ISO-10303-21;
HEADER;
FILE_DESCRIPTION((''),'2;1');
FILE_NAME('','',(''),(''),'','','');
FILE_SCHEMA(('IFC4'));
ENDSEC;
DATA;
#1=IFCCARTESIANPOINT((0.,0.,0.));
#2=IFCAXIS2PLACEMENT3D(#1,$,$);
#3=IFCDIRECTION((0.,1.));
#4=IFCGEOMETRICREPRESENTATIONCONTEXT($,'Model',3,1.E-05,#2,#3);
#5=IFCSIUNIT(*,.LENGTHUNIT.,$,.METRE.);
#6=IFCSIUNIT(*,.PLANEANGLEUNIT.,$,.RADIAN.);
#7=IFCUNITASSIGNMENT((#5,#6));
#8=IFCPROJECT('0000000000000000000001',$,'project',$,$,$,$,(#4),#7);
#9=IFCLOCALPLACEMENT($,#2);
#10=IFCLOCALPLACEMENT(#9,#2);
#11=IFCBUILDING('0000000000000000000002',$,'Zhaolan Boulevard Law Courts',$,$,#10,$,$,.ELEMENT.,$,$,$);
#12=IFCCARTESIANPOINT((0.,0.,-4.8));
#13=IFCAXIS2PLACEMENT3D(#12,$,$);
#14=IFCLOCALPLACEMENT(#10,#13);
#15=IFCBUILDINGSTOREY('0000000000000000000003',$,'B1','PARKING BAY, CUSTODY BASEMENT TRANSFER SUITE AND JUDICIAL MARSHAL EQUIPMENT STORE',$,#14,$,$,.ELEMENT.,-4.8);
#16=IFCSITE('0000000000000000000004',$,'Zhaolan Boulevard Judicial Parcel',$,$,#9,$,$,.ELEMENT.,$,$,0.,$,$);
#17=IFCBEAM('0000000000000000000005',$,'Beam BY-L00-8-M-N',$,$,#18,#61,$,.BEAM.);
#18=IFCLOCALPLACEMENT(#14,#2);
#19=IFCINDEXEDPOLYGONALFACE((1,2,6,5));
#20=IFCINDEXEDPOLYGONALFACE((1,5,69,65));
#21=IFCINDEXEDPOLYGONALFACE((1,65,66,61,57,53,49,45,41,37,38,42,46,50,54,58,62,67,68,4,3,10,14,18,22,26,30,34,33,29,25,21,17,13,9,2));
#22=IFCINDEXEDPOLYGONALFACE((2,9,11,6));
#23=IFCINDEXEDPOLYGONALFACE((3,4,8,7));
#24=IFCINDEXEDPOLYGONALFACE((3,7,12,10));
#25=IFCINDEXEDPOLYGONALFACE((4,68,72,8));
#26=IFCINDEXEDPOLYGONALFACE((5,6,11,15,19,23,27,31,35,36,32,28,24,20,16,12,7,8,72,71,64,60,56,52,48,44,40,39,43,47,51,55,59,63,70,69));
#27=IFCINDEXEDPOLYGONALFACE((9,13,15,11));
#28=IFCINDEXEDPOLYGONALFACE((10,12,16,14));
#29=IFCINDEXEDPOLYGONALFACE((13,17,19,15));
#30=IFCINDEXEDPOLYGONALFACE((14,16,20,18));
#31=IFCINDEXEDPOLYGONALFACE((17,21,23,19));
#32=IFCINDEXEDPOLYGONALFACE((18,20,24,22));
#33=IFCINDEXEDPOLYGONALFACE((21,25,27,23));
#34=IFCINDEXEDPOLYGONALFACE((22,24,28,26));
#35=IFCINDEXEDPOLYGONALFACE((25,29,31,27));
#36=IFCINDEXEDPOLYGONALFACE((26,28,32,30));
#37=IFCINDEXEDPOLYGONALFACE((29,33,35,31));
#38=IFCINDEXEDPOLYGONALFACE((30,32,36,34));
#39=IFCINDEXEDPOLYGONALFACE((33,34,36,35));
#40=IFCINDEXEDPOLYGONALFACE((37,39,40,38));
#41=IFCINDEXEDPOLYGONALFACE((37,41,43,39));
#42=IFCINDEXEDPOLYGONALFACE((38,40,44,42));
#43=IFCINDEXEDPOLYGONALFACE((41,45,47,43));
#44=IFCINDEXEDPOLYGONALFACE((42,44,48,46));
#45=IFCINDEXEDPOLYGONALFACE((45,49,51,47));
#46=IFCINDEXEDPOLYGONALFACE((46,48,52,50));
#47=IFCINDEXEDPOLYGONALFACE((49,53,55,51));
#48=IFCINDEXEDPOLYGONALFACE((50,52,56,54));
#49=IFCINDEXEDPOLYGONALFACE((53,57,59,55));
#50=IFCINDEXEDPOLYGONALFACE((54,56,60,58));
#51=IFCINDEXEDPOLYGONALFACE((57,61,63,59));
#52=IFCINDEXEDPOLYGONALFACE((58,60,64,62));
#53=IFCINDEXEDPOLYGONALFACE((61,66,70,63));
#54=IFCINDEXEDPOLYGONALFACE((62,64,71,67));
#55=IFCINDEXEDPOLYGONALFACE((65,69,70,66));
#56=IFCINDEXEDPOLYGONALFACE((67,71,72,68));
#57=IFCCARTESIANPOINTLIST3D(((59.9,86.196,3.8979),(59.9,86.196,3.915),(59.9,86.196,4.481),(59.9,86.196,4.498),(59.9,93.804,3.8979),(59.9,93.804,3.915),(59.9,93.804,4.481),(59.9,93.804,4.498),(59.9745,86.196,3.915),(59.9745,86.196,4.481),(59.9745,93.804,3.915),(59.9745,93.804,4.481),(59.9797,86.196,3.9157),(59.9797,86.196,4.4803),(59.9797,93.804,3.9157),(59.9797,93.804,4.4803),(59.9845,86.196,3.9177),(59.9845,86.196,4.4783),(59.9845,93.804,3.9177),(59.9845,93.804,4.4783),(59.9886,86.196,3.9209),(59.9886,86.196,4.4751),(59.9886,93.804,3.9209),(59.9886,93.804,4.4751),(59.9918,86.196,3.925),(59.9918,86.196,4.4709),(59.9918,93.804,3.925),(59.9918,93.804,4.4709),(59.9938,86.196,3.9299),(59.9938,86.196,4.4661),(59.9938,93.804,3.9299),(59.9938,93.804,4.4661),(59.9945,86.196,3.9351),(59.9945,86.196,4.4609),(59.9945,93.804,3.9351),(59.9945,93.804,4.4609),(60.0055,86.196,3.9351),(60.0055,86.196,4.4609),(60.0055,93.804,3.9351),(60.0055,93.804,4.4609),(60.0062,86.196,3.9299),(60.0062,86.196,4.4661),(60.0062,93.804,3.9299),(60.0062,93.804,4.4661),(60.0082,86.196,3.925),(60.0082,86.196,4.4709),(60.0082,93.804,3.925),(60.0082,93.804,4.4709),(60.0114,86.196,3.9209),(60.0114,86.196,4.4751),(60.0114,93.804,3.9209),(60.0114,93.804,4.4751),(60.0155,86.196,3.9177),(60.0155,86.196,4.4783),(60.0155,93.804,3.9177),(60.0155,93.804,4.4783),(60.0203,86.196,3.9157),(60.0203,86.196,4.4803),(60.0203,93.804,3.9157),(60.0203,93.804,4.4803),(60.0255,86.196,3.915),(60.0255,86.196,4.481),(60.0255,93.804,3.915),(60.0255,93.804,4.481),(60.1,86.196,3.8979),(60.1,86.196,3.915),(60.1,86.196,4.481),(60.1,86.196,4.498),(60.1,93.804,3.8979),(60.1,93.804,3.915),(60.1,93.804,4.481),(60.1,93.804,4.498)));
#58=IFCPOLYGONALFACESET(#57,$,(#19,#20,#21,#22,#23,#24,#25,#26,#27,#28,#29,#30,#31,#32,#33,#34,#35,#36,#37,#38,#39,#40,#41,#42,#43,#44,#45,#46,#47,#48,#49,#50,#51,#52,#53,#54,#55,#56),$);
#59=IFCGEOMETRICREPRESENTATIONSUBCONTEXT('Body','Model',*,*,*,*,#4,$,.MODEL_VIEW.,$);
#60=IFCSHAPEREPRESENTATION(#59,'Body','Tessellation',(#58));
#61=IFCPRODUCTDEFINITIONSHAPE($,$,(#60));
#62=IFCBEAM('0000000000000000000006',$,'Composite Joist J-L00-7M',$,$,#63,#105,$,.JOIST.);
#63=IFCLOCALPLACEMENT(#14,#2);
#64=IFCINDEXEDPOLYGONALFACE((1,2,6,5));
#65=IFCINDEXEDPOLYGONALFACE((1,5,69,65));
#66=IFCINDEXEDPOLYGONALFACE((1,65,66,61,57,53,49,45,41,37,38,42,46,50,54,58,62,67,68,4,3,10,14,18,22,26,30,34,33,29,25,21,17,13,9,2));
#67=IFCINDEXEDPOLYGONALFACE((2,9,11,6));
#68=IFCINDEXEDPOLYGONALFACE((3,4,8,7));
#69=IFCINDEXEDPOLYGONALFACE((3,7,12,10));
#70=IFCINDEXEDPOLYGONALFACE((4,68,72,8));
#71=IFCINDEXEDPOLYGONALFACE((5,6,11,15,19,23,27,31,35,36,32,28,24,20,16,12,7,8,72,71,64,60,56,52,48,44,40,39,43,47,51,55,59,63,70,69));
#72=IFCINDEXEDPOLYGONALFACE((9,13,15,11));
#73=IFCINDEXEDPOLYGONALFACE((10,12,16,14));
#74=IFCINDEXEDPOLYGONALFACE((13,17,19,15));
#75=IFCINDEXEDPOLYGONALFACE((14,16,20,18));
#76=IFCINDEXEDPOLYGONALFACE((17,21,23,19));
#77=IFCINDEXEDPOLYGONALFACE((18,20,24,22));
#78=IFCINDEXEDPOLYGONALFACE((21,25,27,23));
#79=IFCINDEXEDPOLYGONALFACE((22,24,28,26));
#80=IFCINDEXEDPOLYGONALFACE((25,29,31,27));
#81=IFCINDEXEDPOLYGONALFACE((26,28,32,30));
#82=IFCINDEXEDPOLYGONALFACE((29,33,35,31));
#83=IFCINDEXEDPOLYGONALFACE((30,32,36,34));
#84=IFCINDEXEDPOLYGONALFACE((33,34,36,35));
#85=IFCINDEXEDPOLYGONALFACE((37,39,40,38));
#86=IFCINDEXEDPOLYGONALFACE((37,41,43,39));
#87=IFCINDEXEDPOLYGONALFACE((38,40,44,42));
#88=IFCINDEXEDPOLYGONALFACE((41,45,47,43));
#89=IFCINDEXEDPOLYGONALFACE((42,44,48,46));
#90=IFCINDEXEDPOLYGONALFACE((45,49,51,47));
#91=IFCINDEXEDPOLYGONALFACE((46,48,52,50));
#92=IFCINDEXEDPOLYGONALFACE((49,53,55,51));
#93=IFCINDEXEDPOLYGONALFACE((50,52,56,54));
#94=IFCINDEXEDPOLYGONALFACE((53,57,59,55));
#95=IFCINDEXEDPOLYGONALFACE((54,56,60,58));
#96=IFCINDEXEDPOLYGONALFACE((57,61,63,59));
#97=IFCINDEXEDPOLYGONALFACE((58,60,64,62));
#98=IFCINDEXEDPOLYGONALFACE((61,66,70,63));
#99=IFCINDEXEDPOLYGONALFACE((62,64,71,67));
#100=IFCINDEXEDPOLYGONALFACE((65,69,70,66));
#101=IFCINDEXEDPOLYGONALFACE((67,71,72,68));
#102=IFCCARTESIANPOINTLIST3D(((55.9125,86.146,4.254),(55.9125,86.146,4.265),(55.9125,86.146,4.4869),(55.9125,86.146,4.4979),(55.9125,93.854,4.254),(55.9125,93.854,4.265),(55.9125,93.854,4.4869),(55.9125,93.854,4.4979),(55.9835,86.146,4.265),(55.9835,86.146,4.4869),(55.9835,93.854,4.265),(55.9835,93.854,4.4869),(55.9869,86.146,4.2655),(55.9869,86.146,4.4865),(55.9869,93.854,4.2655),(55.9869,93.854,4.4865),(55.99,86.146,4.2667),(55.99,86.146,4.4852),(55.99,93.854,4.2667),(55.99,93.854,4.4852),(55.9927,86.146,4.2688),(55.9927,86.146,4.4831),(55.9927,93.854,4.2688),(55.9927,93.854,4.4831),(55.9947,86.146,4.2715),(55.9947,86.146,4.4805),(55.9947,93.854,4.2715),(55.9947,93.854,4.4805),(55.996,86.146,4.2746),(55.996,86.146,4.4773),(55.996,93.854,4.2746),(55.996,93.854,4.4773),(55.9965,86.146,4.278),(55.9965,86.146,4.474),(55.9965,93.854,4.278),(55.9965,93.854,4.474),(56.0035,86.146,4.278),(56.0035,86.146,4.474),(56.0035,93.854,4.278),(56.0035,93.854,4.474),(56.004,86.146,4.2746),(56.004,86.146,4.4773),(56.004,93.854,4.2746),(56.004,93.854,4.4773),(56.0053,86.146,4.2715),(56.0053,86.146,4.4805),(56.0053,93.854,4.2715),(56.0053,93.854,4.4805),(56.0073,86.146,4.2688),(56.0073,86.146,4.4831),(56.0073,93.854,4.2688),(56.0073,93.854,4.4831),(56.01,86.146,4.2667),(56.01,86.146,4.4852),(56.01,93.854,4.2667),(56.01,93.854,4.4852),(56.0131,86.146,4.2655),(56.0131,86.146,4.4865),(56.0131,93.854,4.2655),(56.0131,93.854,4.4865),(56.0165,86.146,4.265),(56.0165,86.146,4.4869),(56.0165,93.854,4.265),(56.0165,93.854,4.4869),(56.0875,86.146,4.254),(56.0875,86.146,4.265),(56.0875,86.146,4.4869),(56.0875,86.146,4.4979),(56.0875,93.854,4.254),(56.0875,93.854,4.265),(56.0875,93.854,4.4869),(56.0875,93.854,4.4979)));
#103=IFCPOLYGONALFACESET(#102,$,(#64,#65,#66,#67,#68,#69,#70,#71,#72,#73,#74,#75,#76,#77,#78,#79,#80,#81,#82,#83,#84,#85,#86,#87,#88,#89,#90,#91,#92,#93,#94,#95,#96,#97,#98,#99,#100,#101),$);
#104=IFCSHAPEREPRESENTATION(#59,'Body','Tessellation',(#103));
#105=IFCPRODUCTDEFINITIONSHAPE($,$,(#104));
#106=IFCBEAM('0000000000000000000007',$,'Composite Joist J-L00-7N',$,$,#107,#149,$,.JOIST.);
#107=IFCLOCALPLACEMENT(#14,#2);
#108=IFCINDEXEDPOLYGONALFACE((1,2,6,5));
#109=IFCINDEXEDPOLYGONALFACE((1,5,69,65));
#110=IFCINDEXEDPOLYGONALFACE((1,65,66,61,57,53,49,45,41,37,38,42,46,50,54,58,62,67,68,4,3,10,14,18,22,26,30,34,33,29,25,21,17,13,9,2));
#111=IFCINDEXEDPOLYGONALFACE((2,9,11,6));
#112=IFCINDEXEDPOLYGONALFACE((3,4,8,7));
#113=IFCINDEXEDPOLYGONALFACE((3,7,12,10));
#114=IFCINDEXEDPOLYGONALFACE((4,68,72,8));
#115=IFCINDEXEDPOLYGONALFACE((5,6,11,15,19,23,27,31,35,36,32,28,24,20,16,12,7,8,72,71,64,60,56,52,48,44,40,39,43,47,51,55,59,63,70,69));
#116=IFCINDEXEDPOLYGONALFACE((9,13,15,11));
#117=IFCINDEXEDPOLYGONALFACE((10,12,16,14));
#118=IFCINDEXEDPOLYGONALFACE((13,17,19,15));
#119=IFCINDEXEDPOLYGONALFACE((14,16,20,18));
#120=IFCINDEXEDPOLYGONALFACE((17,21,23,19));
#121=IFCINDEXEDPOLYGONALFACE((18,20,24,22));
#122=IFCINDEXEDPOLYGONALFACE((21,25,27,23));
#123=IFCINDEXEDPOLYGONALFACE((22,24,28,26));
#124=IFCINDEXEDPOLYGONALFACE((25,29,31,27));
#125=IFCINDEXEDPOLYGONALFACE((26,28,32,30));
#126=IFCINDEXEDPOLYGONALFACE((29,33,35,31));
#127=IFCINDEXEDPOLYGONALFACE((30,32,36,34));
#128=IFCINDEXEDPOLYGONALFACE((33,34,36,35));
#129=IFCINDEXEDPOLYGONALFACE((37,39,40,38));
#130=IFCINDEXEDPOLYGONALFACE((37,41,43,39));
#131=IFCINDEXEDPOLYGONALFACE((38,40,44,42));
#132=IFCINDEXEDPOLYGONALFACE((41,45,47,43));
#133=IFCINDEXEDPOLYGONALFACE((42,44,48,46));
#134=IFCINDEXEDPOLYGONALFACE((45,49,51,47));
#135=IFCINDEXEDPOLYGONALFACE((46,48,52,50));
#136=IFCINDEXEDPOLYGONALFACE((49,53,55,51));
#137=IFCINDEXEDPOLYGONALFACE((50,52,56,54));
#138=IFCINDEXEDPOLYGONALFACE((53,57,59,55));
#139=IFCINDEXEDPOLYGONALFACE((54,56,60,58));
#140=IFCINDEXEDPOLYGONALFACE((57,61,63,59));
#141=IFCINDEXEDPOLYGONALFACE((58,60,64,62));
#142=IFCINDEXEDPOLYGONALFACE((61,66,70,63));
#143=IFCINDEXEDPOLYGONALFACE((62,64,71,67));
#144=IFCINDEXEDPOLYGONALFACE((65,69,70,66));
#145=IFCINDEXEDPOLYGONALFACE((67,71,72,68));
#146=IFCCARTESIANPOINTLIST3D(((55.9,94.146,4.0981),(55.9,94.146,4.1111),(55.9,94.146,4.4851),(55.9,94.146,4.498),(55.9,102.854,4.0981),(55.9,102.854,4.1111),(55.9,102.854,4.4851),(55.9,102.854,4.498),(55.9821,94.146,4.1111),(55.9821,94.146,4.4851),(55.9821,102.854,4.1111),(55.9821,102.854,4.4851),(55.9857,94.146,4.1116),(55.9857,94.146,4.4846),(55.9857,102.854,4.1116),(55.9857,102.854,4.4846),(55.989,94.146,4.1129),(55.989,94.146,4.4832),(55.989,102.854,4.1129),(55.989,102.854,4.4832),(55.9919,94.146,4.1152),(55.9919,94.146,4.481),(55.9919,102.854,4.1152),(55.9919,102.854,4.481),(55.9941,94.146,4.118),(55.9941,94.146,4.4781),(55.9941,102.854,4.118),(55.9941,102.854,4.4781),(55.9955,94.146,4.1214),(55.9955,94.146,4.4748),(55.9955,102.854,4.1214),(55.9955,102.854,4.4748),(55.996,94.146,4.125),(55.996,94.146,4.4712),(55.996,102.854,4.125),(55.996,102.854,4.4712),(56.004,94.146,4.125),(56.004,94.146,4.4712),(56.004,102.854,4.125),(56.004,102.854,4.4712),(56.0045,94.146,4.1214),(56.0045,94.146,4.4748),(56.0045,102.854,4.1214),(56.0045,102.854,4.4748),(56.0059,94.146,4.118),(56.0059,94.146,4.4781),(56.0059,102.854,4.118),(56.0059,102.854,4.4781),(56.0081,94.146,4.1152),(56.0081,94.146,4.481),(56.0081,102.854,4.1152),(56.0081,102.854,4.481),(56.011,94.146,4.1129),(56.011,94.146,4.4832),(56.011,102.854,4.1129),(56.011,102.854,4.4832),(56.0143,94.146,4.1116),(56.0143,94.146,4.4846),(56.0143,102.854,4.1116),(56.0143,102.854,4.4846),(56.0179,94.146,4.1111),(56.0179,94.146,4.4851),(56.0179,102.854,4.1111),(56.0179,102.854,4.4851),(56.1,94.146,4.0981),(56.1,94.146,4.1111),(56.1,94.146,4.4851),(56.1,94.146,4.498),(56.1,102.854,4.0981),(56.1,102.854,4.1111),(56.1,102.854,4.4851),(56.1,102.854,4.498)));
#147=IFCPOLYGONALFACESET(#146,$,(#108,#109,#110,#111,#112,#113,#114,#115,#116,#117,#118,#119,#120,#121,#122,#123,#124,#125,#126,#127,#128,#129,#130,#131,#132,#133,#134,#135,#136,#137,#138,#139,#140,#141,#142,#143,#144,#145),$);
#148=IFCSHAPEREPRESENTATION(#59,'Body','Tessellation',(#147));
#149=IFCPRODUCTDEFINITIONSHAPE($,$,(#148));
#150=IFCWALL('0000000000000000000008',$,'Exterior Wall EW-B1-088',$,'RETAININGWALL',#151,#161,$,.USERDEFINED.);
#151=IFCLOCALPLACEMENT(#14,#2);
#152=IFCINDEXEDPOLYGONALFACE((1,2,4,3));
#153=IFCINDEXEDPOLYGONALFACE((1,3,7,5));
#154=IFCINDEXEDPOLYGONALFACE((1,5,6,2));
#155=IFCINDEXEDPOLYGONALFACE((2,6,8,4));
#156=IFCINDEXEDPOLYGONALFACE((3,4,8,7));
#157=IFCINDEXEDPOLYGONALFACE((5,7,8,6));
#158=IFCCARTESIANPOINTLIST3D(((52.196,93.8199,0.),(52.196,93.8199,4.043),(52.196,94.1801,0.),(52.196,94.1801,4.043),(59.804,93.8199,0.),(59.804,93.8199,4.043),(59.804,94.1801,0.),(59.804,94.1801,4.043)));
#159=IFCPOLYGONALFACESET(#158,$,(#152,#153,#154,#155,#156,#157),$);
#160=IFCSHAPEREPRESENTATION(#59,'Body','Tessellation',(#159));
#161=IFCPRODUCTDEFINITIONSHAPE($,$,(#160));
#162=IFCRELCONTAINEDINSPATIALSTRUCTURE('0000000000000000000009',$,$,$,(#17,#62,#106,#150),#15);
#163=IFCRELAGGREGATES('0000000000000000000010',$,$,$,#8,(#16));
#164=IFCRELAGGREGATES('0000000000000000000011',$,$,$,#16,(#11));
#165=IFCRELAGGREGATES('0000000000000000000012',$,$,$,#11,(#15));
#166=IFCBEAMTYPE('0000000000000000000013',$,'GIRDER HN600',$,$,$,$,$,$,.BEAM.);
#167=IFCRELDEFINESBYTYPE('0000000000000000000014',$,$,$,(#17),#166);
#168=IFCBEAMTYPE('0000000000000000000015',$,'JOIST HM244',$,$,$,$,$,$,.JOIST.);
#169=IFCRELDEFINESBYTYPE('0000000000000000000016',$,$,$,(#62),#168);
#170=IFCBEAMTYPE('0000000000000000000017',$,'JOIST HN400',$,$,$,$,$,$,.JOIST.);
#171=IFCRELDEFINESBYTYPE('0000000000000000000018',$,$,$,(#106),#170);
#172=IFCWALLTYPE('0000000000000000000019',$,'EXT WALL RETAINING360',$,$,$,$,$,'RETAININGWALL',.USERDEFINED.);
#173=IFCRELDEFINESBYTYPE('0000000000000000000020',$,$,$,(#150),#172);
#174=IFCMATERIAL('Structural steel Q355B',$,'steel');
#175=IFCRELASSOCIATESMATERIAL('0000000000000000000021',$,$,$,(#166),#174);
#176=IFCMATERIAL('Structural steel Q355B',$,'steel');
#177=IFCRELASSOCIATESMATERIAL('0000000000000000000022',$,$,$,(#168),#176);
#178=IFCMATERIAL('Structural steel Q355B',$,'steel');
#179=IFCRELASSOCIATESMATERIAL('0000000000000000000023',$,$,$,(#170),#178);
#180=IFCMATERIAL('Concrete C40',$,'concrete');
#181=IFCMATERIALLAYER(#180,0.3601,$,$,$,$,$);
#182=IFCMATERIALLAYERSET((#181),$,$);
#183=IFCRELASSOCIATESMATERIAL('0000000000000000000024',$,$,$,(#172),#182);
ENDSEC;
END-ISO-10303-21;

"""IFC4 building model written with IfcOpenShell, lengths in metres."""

from ifc_helpers import new_model, si_unit, direction, frame, frame_2d, origin, origin_2d, place, context, subcontext, project, spatial, rectangle, i_section, extrude, material, layer, layer_set, material_profile, profile_set, type_object, element, save


model = new_model("IFC4")

# Units and contexts
model_context = context("Model", 3, precision=1e-05, world=origin(), true_north=direction((0.0, 1.0)))
body_context = subcontext(model_context, "Body", "Model", "MODEL_VIEW")
ifc_project = project(units=[si_unit("LENGTHUNIT", "METRE"), si_unit("PLANEANGLEUNIT", "RADIAN")], contexts=[model_context])

# Site, building, storey
site_placement = place(None, origin())
site = spatial("IfcSite", under=ifc_project, at=site_placement, Name="Zhaolan Boulevard Judicial Parcel", CompositionType="ELEMENT", RefElevation=0.0)
building_placement = place(site_placement, origin())
building = spatial("IfcBuilding", under=site, at=building_placement, Name="Zhaolan Boulevard Law Courts", CompositionType="ELEMENT")
storey_placement = place(building_placement, frame((0.0, 0.0, -4.8)))
storey = spatial("IfcBuildingStorey", under=building, at=storey_placement, Name="B1", Description="PARKING BAY, CUSTODY BASEMENT TRANSFER SUITE AND JUDICIAL MARSHAL EQUIPMENT STORE", CompositionType="ELEMENT", Elevation=-4.8)

# Beams
ifc_material_1 = material(Name="Structural steel Q355B", Category="steel")
ifc_material_profile_1 = material_profile(ifc_material_1, i_section(OverallWidth=0.2, OverallDepth=0.6001, WebThickness=0.011, FlangeThickness=0.0171, FilletRadius=0.02, at=origin_2d()), Name="HN600x200")
ifc_profile_set_1 = profile_set([ifc_material_profile_1], Name="Structural steel Q355B")
beam_type_1 = type_object("IfcBeamType", Name="GIRDER HN600", PredefinedType="BEAM", material=ifc_profile_set_1)
beam_1_placement = place(storey_placement, frame((60.0, 86.196, 4.198), z_axis=(0.0, 1.0, 0.0), x_axis=(-1.0, 0.0, 0.0)))
element("IfcBeam", 1, at=beam_1_placement, inside=storey, type_object=beam_type_1, Name="Beam BY-L00-8-M-N", PredefinedType="BEAM", context=body_context, shape_type="SweptSolid", body=[
    extrude(i_section(OverallWidth=0.2, OverallDepth=0.6001, WebThickness=0.011, FlangeThickness=0.0171, FilletRadius=0.02, at=origin_2d()), origin(), (0.0, 0.0, 1.0), 7.6079),
])
ifc_material_2 = material(Name="Structural steel Q355B", Category="steel")
ifc_material_profile_2 = material_profile(ifc_material_2, i_section(OverallWidth=0.175, OverallDepth=0.2439, WebThickness=0.0071, FlangeThickness=0.011, FilletRadius=0.0129, at=origin_2d()), Name="HM244x175")
ifc_profile_set_2 = profile_set([ifc_material_profile_2], Name="Structural steel Q355B")
beam_type_2 = type_object("IfcBeamType", Name="JOIST HM244", PredefinedType="JOIST", material=ifc_profile_set_2)
beam_2_placement = place(storey_placement, frame((56.0, 86.146, 4.376), z_axis=(0.0, 1.0, 0.0), x_axis=(-1.0, 0.0, 0.0)))
element("IfcBeam", 2, at=beam_2_placement, inside=storey, type_object=beam_type_2, Name="Composite Joist J-L00-7M", PredefinedType="JOIST", context=body_context, shape_type="SweptSolid", body=[
    extrude(i_section(OverallWidth=0.175, OverallDepth=0.2439, WebThickness=0.0071, FlangeThickness=0.011, FilletRadius=0.0129, at=origin_2d()), origin(), (0.0, 0.0, 1.0), 7.708),
])
ifc_material_3 = material(Name="Structural steel Q355B", Category="steel")
ifc_material_profile_3 = material_profile(ifc_material_3, i_section(OverallWidth=0.2, OverallDepth=0.3999, WebThickness=0.0081, FlangeThickness=0.0129, FilletRadius=0.0139, at=origin_2d()), Name="HN400x200")
ifc_profile_set_3 = profile_set([ifc_material_profile_3], Name="Structural steel Q355B")
beam_type_3 = type_object("IfcBeamType", Name="JOIST HN400", PredefinedType="JOIST", material=ifc_profile_set_3)
beam_3_placement = place(storey_placement, frame((56.0, 94.146, 4.2981), z_axis=(0.0, 1.0, 0.0), x_axis=(-1.0, 0.0, 0.0)))
element("IfcBeam", 3, at=beam_3_placement, inside=storey, type_object=beam_type_3, Name="Composite Joist J-L00-7N", PredefinedType="JOIST", context=body_context, shape_type="SweptSolid", body=[
    extrude(i_section(OverallWidth=0.2, OverallDepth=0.3999, WebThickness=0.0081, FlangeThickness=0.0129, FilletRadius=0.0139, at=origin_2d()), origin(), (0.0, 0.0, 1.0), 8.708),
])

# Wall
ifc_material_4 = material(Name="Concrete C40", Category="concrete")
ifc_layer = layer(ifc_material_4, 0.3601)
ifc_layer_set = layer_set([ifc_layer])
wall_type = type_object("IfcWallType", Name="EXT WALL RETAINING360", ElementType="RETAININGWALL", PredefinedType="USERDEFINED", material=ifc_layer_set)
wall_placement = place(storey_placement, frame((59.804, 94.0, 0.0), z_axis=(0.0, 0.0, 1.0), x_axis=(-1.0, 0.0, 0.0)))
element("IfcWall", 4, at=wall_placement, inside=storey, type_object=wall_type, Name="Exterior Wall EW-B1-088", ObjectType="RETAININGWALL", PredefinedType="USERDEFINED", context=body_context, shape_type="SweptSolid", body=[
    extrude(rectangle(XDim=7.6079, YDim=0.3601, at=frame_2d((3.804, 0.0))), origin(), (0.0, 0.0, 1.0), 4.043),
])

save(model, "model.ifc")
